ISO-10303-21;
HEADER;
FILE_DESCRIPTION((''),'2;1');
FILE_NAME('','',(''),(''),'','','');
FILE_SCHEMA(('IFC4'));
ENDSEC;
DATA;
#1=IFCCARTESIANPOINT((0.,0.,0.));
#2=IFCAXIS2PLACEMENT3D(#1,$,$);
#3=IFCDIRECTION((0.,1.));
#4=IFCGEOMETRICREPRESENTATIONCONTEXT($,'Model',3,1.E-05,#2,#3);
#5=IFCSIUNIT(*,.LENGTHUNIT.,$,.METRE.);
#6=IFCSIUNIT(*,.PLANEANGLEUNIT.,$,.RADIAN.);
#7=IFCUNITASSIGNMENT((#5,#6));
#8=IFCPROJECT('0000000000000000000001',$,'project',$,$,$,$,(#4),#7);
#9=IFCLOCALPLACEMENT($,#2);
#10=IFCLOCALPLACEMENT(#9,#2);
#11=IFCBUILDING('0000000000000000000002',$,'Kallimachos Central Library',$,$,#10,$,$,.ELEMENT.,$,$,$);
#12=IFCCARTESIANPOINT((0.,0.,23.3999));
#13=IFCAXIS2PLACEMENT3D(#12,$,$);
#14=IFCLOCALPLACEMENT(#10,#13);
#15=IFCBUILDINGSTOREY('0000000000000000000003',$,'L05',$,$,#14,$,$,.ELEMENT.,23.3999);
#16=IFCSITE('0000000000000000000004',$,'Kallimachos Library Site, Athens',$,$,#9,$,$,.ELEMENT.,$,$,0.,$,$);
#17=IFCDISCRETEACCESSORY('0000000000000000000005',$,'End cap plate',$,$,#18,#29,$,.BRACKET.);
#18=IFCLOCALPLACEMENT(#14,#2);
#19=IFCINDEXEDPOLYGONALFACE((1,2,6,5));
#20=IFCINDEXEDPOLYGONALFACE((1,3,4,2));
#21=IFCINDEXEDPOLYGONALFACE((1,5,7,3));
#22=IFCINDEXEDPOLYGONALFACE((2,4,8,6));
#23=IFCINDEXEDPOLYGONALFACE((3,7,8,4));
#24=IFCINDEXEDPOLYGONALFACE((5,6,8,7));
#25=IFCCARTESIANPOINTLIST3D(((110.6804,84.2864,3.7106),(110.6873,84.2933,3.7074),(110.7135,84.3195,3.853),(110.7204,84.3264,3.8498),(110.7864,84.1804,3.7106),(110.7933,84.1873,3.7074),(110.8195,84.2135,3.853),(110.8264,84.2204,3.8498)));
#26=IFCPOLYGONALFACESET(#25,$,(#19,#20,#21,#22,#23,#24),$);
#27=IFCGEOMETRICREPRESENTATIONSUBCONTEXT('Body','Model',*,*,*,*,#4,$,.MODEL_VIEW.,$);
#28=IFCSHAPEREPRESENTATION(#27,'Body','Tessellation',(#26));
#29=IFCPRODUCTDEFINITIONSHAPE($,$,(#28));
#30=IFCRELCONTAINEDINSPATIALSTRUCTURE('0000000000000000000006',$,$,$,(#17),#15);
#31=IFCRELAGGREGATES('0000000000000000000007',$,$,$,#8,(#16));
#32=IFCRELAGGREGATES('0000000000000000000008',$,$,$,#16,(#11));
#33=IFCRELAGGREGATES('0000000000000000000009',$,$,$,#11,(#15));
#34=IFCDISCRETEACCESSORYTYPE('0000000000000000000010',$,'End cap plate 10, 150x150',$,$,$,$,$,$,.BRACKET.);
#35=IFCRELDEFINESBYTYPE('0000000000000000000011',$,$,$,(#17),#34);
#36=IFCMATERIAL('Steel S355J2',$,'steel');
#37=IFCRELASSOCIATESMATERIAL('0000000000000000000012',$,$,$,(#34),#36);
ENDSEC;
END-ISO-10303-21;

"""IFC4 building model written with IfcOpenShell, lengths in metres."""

from ifc_helpers import new_model, si_unit, direction, frame, origin, origin_2d, place, context, subcontext, project, spatial, rectangle, extrude, material, material_profile, profile_set, type_object, element, save


model = new_model("IFC4")

# Units and contexts
model_context = context("Model", 3, precision=1e-05, world=origin(), true_north=direction((0.0, 1.0)))
body_context = subcontext(model_context, "Body", "Model", "MODEL_VIEW")
ifc_project = project(units=[si_unit("LENGTHUNIT", "METRE"), si_unit("PLANEANGLEUNIT", "RADIAN")], contexts=[model_context])

# Site, building, storey
site_placement = place(None, origin())
site = spatial("IfcSite", under=ifc_project, at=site_placement, Name="Kallimachos Library Site, Athens", CompositionType="ELEMENT", RefElevation=0.0)
building_placement = place(site_placement, origin())
building = spatial("IfcBuilding", under=site, at=building_placement, Name="Kallimachos Central Library", CompositionType="ELEMENT")
storey_placement = place(building_placement, frame((0.0, 0.0, 23.3999)))
storey = spatial("IfcBuildingStorey", under=building, at=storey_placement, Name="L05", CompositionType="ELEMENT", Elevation=23.3999)

# Discrete accessory
ifc_material_1 = material(Name="Steel S355J2", Category="steel")
ifc_material_profile_1 = material_profile(ifc_material_1, rectangle(XDim=0.1499, YDim=0.1499, at=origin_2d()), Name="End cap plate 10, 150x150")
ifc_profile_set_1 = profile_set([ifc_material_profile_1], Name="Steel S355J2")
discrete_accessory_type = type_object("IfcDiscreteAccessoryType", Name="End cap plate 10, 150x150", PredefinedType="BRACKET", material=ifc_profile_set_1)
discrete_accessory_placement = place(storey_placement, frame((110.7568, 84.2568, 3.7786), z_axis=(-0.671828, -0.671828, 0.31192), x_axis=(0.707107, -0.707107, 0.0)))
element("IfcDiscreteAccessory", 1, at=discrete_accessory_placement, inside=storey, type_object=discrete_accessory_type, Name="End cap plate", PredefinedType="BRACKET", context=body_context, shape_type="SweptSolid", body=[
    extrude(rectangle(XDim=0.1499, YDim=0.1499, at=origin_2d()), origin(), (0.0, 0.0, 1.0), 0.0103),
])

save(model, "model.ifc")
